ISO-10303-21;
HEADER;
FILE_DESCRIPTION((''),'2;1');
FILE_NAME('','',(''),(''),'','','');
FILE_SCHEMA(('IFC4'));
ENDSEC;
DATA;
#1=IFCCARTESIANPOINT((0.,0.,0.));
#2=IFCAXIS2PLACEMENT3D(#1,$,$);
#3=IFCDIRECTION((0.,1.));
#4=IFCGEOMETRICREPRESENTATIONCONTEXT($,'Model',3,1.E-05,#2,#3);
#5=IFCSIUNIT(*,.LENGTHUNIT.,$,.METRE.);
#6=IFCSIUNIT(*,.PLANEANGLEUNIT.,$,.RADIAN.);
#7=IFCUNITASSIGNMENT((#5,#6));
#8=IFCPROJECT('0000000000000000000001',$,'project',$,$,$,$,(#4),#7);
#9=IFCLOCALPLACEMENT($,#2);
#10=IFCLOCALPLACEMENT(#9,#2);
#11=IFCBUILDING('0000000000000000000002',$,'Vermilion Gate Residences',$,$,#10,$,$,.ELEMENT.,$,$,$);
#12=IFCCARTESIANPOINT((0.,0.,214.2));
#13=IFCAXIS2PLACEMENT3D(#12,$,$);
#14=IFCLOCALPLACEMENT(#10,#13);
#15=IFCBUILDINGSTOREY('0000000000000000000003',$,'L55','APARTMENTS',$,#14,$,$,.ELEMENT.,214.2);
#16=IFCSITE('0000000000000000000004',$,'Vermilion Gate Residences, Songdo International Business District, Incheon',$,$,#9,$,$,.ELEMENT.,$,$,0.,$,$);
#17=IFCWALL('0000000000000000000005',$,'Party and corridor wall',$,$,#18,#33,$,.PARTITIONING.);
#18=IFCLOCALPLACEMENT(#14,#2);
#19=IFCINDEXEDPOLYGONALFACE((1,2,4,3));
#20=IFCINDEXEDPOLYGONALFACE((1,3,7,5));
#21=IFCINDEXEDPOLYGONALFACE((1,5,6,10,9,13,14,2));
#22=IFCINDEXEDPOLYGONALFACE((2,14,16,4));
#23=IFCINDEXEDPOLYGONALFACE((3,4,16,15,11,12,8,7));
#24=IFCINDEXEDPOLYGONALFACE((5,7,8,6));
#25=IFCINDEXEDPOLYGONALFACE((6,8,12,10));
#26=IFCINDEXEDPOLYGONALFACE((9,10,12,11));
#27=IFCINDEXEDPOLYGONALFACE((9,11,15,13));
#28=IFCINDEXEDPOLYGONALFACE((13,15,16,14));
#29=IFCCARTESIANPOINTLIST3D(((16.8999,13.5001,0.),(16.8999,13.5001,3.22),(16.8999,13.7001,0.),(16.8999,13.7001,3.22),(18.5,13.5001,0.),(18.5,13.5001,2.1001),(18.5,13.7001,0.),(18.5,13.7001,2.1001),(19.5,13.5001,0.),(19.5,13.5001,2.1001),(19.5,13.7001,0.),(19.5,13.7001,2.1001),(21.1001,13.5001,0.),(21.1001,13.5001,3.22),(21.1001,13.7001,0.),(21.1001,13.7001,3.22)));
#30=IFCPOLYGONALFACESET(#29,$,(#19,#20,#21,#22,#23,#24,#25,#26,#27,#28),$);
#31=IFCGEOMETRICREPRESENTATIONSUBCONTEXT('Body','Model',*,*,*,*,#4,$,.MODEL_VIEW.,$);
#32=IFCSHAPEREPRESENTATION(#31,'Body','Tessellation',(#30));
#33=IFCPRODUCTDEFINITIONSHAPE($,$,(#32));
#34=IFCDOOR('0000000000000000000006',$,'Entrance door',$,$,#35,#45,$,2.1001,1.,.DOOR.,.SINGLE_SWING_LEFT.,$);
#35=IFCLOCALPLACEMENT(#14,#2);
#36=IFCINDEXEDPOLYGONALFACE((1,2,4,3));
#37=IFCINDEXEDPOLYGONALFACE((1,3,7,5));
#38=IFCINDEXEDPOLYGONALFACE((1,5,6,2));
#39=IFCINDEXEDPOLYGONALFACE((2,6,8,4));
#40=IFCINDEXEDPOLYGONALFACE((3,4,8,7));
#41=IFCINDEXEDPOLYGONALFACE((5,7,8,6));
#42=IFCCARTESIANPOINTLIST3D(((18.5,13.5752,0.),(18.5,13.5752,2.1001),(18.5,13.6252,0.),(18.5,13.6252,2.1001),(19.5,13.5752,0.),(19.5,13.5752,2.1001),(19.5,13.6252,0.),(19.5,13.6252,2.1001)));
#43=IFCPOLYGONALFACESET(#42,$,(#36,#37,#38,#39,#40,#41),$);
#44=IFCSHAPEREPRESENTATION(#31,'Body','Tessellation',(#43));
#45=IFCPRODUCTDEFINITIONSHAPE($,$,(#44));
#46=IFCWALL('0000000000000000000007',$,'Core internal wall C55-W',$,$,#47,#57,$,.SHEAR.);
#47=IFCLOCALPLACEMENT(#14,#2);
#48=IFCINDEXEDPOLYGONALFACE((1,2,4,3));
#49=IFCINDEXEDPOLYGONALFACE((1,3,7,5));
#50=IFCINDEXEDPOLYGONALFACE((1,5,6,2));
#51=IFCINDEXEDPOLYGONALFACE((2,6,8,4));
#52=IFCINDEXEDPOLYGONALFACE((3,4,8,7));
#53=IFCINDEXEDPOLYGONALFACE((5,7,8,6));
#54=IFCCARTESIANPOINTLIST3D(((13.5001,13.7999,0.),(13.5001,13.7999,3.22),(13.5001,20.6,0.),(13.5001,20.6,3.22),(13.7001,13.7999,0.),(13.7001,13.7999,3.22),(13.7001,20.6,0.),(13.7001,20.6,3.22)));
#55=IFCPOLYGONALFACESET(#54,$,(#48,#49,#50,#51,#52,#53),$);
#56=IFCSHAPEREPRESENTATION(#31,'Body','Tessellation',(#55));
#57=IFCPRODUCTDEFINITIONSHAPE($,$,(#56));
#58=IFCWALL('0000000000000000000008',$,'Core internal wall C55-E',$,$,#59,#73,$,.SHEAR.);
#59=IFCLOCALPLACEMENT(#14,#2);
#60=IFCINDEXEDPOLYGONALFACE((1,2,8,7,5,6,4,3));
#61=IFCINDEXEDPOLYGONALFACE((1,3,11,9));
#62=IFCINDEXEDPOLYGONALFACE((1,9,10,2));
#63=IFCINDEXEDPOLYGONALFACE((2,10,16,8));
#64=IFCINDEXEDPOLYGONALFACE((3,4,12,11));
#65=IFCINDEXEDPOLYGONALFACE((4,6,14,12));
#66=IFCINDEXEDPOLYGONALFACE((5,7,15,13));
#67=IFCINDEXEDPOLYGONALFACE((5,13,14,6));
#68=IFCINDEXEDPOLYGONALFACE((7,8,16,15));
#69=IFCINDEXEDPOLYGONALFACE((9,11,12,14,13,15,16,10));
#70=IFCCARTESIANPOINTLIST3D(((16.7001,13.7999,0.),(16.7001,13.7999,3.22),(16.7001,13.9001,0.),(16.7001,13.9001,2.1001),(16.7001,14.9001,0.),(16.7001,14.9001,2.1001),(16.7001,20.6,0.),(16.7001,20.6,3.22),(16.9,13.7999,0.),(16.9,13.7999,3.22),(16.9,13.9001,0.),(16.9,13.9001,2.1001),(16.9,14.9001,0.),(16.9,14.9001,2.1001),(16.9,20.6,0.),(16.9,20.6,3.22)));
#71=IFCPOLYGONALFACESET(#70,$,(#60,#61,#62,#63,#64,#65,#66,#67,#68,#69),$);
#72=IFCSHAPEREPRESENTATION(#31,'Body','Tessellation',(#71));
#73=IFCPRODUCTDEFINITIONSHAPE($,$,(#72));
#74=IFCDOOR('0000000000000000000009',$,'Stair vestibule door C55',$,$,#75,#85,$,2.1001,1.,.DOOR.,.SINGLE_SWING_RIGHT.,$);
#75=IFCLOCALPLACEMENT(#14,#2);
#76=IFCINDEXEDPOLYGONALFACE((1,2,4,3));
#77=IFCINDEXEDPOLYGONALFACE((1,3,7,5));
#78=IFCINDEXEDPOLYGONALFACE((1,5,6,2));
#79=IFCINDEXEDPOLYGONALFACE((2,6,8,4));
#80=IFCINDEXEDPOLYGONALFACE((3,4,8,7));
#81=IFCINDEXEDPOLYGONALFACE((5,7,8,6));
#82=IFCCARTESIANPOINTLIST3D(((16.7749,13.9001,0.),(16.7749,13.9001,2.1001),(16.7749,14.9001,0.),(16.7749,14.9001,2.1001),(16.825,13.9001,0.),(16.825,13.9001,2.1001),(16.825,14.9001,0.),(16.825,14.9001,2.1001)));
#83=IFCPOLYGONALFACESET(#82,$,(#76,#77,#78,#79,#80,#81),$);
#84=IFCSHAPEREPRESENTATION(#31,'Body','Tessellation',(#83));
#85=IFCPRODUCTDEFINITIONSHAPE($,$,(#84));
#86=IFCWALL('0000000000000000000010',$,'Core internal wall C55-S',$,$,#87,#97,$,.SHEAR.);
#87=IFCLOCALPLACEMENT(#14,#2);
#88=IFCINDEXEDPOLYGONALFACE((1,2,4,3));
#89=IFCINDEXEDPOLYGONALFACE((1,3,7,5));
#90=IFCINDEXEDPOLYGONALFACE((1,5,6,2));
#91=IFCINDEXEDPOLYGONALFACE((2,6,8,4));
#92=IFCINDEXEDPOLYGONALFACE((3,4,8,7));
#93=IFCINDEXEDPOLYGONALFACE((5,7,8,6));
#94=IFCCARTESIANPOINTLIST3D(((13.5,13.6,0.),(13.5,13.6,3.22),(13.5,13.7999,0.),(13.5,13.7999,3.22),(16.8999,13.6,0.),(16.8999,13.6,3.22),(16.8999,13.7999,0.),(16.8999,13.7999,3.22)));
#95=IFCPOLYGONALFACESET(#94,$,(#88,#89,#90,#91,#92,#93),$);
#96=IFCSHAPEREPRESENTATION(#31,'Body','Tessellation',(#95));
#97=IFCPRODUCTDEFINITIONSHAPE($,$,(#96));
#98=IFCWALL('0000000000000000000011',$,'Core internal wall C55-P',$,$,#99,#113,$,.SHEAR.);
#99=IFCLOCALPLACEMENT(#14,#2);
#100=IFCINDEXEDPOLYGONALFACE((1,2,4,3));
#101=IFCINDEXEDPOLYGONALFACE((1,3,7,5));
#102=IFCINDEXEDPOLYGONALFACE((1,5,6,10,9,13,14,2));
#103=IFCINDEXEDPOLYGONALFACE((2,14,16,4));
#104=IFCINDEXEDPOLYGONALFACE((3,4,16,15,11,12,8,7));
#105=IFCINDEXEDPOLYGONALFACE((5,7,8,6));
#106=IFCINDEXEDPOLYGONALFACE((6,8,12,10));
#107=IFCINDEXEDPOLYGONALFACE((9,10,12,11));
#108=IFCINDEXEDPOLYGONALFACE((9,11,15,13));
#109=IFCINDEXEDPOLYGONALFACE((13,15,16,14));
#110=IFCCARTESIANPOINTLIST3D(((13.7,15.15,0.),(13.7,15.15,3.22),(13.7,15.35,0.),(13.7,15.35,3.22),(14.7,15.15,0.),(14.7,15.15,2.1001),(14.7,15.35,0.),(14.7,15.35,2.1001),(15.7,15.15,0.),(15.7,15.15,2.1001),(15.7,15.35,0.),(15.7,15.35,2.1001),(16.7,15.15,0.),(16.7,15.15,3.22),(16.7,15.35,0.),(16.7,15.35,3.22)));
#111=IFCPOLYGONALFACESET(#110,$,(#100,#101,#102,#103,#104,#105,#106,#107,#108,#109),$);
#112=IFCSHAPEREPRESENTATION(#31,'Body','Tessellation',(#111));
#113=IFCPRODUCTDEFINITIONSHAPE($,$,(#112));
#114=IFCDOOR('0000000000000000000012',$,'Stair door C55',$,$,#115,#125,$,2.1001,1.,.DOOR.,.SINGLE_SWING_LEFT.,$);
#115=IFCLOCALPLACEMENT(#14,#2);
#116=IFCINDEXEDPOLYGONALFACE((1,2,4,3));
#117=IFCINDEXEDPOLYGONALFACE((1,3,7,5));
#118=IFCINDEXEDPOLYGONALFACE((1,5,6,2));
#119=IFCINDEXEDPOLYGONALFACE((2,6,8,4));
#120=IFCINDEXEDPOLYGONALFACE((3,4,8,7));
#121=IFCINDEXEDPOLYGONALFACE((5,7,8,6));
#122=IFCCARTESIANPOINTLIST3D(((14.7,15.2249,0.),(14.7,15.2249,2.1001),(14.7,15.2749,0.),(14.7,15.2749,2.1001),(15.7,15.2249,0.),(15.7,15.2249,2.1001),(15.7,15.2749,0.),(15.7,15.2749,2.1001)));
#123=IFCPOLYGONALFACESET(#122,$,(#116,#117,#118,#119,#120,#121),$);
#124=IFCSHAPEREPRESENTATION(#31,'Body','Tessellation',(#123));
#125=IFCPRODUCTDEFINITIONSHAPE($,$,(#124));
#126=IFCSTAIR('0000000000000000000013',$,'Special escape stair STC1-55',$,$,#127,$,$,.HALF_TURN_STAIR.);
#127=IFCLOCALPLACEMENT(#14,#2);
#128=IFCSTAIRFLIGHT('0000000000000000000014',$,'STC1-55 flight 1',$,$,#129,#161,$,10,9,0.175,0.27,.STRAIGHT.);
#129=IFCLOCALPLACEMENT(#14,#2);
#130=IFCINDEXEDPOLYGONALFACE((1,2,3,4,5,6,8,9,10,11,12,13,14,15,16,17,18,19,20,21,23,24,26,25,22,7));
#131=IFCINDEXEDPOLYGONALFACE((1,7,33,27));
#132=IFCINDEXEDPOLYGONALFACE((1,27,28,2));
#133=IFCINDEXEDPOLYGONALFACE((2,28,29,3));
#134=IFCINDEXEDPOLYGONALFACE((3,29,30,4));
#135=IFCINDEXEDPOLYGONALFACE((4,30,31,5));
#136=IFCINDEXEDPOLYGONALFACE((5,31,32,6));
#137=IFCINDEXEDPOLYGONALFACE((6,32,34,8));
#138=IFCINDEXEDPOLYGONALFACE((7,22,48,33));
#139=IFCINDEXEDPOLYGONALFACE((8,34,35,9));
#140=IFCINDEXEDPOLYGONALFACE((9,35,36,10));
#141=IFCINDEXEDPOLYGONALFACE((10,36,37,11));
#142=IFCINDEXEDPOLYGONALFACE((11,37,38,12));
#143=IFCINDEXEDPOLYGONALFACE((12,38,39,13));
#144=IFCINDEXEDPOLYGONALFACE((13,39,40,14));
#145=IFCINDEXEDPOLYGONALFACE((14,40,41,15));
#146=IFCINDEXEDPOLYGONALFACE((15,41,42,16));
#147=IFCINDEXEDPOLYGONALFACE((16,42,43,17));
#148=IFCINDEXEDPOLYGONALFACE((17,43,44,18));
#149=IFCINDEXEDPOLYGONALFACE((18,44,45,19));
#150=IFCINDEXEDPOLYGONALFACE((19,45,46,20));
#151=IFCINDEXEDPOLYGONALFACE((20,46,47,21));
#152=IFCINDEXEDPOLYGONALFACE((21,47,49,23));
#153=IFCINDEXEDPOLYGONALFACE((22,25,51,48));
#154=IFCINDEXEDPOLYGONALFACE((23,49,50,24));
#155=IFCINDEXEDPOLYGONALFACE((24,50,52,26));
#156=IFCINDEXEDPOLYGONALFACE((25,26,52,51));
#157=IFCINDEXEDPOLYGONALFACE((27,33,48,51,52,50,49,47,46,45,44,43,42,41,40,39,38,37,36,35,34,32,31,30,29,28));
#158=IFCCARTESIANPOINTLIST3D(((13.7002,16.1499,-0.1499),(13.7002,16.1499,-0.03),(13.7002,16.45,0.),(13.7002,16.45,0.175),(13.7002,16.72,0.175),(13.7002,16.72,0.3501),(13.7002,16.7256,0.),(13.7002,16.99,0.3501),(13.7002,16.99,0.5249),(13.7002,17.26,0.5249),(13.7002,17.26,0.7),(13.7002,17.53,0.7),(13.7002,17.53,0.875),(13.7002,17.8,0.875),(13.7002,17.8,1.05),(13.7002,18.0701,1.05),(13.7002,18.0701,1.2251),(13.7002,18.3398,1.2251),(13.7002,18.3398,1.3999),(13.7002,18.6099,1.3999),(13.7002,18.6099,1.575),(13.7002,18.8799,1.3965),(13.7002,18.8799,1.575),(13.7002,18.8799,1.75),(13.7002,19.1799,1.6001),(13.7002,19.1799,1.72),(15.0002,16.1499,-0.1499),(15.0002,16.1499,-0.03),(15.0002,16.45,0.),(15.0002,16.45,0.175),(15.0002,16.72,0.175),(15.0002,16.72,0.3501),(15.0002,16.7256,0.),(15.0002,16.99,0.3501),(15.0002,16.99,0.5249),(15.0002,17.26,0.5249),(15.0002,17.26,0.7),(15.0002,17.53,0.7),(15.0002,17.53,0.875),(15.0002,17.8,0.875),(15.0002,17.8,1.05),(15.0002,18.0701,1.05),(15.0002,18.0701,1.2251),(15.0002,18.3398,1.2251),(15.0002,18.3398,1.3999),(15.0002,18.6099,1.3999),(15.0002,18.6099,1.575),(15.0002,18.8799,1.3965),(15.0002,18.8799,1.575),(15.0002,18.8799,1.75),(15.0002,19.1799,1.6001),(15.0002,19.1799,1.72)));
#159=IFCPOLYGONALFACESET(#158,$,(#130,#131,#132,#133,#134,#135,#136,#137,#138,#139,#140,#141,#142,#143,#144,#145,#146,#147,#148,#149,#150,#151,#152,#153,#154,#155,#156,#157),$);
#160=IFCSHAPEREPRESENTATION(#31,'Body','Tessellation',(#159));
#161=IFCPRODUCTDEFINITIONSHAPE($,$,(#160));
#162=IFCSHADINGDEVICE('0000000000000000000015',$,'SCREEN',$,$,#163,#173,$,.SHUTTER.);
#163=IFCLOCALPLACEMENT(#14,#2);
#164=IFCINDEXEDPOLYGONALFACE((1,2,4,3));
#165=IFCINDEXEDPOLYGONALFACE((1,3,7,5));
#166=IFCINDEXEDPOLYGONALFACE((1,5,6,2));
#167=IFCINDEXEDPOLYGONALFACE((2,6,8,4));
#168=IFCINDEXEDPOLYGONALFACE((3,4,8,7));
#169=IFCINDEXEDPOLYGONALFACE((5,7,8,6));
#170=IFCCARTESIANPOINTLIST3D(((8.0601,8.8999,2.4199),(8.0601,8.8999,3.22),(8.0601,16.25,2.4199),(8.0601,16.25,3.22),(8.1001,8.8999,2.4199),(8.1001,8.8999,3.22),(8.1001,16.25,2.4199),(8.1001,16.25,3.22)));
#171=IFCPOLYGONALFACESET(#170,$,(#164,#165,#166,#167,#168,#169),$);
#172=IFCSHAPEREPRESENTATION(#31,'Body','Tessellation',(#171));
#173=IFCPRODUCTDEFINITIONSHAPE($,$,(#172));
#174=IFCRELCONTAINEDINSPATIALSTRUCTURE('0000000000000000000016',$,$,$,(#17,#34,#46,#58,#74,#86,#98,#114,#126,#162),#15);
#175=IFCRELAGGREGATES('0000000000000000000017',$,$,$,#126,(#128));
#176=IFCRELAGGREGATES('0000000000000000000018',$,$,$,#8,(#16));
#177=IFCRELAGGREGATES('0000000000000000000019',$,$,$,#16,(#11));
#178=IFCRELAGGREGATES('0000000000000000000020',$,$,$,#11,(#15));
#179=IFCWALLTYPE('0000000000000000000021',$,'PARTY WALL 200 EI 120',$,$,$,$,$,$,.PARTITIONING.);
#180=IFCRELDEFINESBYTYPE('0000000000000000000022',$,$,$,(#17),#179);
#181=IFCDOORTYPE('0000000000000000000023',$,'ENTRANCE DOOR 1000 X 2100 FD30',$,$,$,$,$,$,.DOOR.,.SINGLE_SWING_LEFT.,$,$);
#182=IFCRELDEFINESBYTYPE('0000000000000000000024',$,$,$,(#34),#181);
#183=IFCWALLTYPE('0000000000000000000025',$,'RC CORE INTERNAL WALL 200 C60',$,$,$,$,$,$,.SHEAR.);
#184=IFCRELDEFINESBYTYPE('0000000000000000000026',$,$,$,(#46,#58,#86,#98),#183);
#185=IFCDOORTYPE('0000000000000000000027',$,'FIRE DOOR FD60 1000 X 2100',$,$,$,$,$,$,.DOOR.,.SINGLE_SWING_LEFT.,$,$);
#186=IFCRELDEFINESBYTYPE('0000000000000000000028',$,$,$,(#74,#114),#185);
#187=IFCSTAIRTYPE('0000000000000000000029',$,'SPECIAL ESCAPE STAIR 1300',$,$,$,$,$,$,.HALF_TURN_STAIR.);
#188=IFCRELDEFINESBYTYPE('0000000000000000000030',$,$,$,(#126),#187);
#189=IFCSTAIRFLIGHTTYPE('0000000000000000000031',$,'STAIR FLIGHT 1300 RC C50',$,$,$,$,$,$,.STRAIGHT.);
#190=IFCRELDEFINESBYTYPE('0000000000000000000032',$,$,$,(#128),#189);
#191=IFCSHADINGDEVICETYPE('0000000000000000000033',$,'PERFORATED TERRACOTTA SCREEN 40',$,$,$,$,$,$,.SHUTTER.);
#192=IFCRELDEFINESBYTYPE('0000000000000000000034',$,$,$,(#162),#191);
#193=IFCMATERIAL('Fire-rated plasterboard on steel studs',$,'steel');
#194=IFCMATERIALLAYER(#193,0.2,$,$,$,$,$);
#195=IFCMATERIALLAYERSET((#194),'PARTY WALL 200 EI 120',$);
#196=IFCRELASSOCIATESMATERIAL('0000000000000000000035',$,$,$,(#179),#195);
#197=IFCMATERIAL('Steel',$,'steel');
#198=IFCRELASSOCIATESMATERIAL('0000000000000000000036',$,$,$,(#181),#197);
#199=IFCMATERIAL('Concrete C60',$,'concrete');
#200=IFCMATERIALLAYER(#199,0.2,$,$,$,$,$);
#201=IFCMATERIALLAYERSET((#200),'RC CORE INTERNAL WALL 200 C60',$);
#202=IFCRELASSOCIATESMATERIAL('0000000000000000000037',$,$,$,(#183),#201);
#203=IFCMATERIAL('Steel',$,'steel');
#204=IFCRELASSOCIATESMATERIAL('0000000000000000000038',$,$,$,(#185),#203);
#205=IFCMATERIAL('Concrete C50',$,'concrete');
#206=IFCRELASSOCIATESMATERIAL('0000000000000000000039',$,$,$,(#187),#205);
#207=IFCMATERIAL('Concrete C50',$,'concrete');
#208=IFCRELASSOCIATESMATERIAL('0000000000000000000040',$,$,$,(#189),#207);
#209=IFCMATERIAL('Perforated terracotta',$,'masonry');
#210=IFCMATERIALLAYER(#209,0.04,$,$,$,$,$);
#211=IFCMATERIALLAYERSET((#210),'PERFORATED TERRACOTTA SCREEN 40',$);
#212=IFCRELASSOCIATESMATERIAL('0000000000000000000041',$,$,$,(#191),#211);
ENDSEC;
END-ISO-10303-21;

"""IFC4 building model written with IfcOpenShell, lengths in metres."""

from ifc_helpers import new_model, si_unit, direction, frame, frame_2d, origin, origin_2d, place, context, subcontext, project, spatial, polyline, rectangle, outline, extrude, material, layer, layer_set, type_object, element, fill, aggregate, save


model = new_model("IFC4")

# Units and contexts
model_context = context("Model", 3, precision=1e-05, world=origin(), true_north=direction((0.0, 1.0)))
body_context = subcontext(model_context, "Body", "Model", "MODEL_VIEW")
ifc_project = project(units=[si_unit("LENGTHUNIT", "METRE"), si_unit("PLANEANGLEUNIT", "RADIAN")], contexts=[model_context])

# Site, building, storey
site_placement = place(None, origin())
site = spatial("IfcSite", under=ifc_project, at=site_placement, Name="Vermilion Gate Residences, Songdo International Business District, Incheon", CompositionType="ELEMENT", RefElevation=0.0)
building_placement = place(site_placement, origin())
building = spatial("IfcBuilding", under=site, at=building_placement, Name="Vermilion Gate Residences", CompositionType="ELEMENT")
storey_placement = place(building_placement, frame((0.0, 0.0, 214.2)))
storey = spatial("IfcBuildingStorey", under=building, at=storey_placement, Name="L55", Description="APARTMENTS", CompositionType="ELEMENT", Elevation=214.2)

# Wall, opening, door
ifc_material_1 = material(Name="Fire-rated plasterboard on steel studs", Category="steel")
ifc_layer_1 = layer(ifc_material_1, 0.2)
ifc_layer_set_1 = layer_set([ifc_layer_1], Name="PARTY WALL 200 EI 120")
wall_type_1 = type_object("IfcWallType", Name="PARTY WALL 200 EI 120", PredefinedType="PARTITIONING", material=ifc_layer_set_1)
wall_1_placement = place(storey_placement, frame((16.8999, 13.6001, 0.0), z_axis=(0.0, 0.0, 1.0), x_axis=(1.0, 0.0, 0.0)))
wall_1 = element("IfcWall", 1, at=wall_1_placement, inside=storey, type_object=wall_type_1, Name="Party and corridor wall", PredefinedType="PARTITIONING", context=body_context, shape_type="SweptSolid", body=[
    extrude(rectangle(XDim=4.2002, YDim=0.2, at=frame_2d((2.1001, 0.0))), origin(), (0.0, 0.0, 1.0), 3.22),
])
opening_1_placement = place(wall_1_placement, frame((1.6001, 0.0, 0.0)))
opening_1 = element("IfcOpeningElement", 2, at=opening_1_placement, cuts=wall_1, PredefinedType="OPENING", context=body_context, shape_type="SweptSolid", body=[
    extrude(rectangle(XDim=1.0, YDim=2.1001, at=frame_2d((0.5, 1.05))), frame((0.0, 0.1099, 0.0), z_axis=(0.0, -1.0, 0.0), x_axis=(1.0, 0.0, 0.0)), (0.0, 0.0, 1.0), 0.22),
])
ifc_material_2 = material(Name="Steel", Category="steel")
door_type_1 = type_object("IfcDoorType", Name="ENTRANCE DOOR 1000 X 2100 FD30", OperationType="SINGLE_SWING_LEFT", PredefinedType="DOOR", material=ifc_material_2)
door_1_placement = place(opening_1_placement, frame((1.0, 0.0, 0.0), z_axis=(0.0, 0.0, 1.0), x_axis=(-1.0, 0.0, 0.0)))
door_1 = element("IfcDoor", 3, at=door_1_placement, inside=storey, type_object=door_type_1, Name="Entrance door", OperationType="SINGLE_SWING_LEFT", OverallHeight=2.1001, OverallWidth=1.0, PredefinedType="DOOR", context=body_context, shape_type="SweptSolid", body=[
    extrude(rectangle(XDim=1.0, YDim=2.1001, at=frame_2d((0.5, 1.05))), frame((0.0, 0.0249, 0.0), z_axis=(0.0, -1.0, 0.0), x_axis=(1.0, 0.0, 0.0)), (0.0, 0.0, 1.0), 0.05),
])
fill(opening_1, door_1)

# Wall
ifc_material_3 = material(Name="Concrete C60", Category="concrete")
ifc_layer_2 = layer(ifc_material_3, 0.2)
ifc_layer_set_2 = layer_set([ifc_layer_2], Name="RC CORE INTERNAL WALL 200 C60")
wall_type_2 = type_object("IfcWallType", Name="RC CORE INTERNAL WALL 200 C60", PredefinedType="SHEAR", material=ifc_layer_set_2)
wall_2_placement = place(storey_placement, frame((13.6001, 13.8, 0.0), z_axis=(0.0, 0.0, 1.0), x_axis=(0.0, 1.0, 0.0)))
element("IfcWall", 4, at=wall_2_placement, inside=storey, type_object=wall_type_2, Name="Core internal wall C55-W", PredefinedType="SHEAR", context=body_context, shape_type="SweptSolid", body=[
    extrude(rectangle(XDim=6.8, YDim=0.2, at=frame_2d((3.3999, 0.0))), origin(), (0.0, 0.0, 1.0), 3.22),
])

# Wall, opening, door
wall_3_placement = place(storey_placement, frame((16.8, 13.8, 0.0), z_axis=(0.0, 0.0, 1.0), x_axis=(0.0, 1.0, 0.0)))
wall_3 = element("IfcWall", 5, at=wall_3_placement, inside=storey, type_object=wall_type_2, Name="Core internal wall C55-E", PredefinedType="SHEAR", context=body_context, shape_type="SweptSolid", body=[
    extrude(rectangle(XDim=6.8, YDim=0.2, at=frame_2d((3.3999, 0.0))), origin(), (0.0, 0.0, 1.0), 3.22),
])
opening_2_placement = place(wall_3_placement, frame((0.1001, 0.0, 0.0)))
opening_2 = element("IfcOpeningElement", 6, at=opening_2_placement, cuts=wall_3, PredefinedType="OPENING", context=body_context, shape_type="SweptSolid", body=[
    extrude(rectangle(XDim=1.0, YDim=2.1001, at=frame_2d((0.5, 1.05))), frame((0.0, 0.1099, 0.0), z_axis=(0.0, -1.0, 0.0), x_axis=(1.0, 0.0, 0.0)), (0.0, 0.0, 1.0), 0.22),
])
ifc_material_4 = material(Name="Steel", Category="steel")
door_type_2 = type_object("IfcDoorType", Name="FIRE DOOR FD60 1000 X 2100", OperationType="SINGLE_SWING_LEFT", PredefinedType="DOOR", material=ifc_material_4)
door_2_placement = place(opening_2_placement, frame((1.0, 0.0, 0.0), z_axis=(0.0, 0.0, 1.0), x_axis=(-1.0, 0.0, 0.0)))
door_2 = element("IfcDoor", 7, at=door_2_placement, inside=storey, type_object=door_type_2, Name="Stair vestibule door C55", OperationType="SINGLE_SWING_RIGHT", OverallHeight=2.1001, OverallWidth=1.0, PredefinedType="DOOR", context=body_context, shape_type="SweptSolid", body=[
    extrude(rectangle(XDim=1.0, YDim=2.1001, at=frame_2d((0.5, 1.05))), frame((0.0, 0.0249, 0.0), z_axis=(0.0, -1.0, 0.0), x_axis=(1.0, 0.0, 0.0)), (0.0, 0.0, 1.0), 0.05),
])
fill(opening_2, door_2)

# Wall
wall_4_placement = place(storey_placement, frame((13.5, 13.7, 0.0), z_axis=(0.0, 0.0, 1.0), x_axis=(1.0, 0.0, 0.0)))
element("IfcWall", 8, at=wall_4_placement, inside=storey, type_object=wall_type_2, Name="Core internal wall C55-S", PredefinedType="SHEAR", context=body_context, shape_type="SweptSolid", body=[
    extrude(rectangle(XDim=3.3999, YDim=0.2, at=frame_2d((1.7, 0.0))), origin(), (0.0, 0.0, 1.0), 3.22),
])

# Wall, opening, door
wall_5_placement = place(storey_placement, frame((13.7, 15.25, 0.0), z_axis=(0.0, 0.0, 1.0), x_axis=(1.0, 0.0, 0.0)))
wall_5 = element("IfcWall", 9, at=wall_5_placement, inside=storey, type_object=wall_type_2, Name="Core internal wall C55-P", PredefinedType="SHEAR", context=body_context, shape_type="SweptSolid", body=[
    extrude(rectangle(XDim=3.0, YDim=0.2, at=frame_2d((1.5, 0.0))), origin(), (0.0, 0.0, 1.0), 3.22),
])
opening_3_placement = place(wall_5_placement, frame((1.0, 0.0, 0.0)))
opening_3 = element("IfcOpeningElement", 10, at=opening_3_placement, cuts=wall_5, PredefinedType="OPENING", context=body_context, shape_type="SweptSolid", body=[
    extrude(rectangle(XDim=1.0, YDim=2.1001, at=frame_2d((0.5, 1.05))), frame((0.0, 0.1099, 0.0), z_axis=(0.0, -1.0, 0.0), x_axis=(1.0, 0.0, 0.0)), (0.0, 0.0, 1.0), 0.22),
])
door_3_placement = place(opening_3_placement, origin())
door_3 = element("IfcDoor", 11, at=door_3_placement, inside=storey, type_object=door_type_2, Name="Stair door C55", OperationType="SINGLE_SWING_LEFT", OverallHeight=2.1001, OverallWidth=1.0, PredefinedType="DOOR", context=body_context, shape_type="SweptSolid", body=[
    extrude(rectangle(XDim=1.0, YDim=2.1001, at=frame_2d((0.5, 1.05))), frame((0.0, 0.0249, 0.0), z_axis=(0.0, -1.0, 0.0), x_axis=(1.0, 0.0, 0.0)), (0.0, 0.0, 1.0), 0.05),
])
fill(opening_3, door_3)

# Stair, stair flight
ifc_material_5 = material(Name="Concrete C50", Category="concrete")
stair_type = type_object("IfcStairType", Name="SPECIAL ESCAPE STAIR 1300", PredefinedType="HALF_TURN_STAIR", material=ifc_material_5)
stair_placement = place(storey_placement, origin())
stair = element("IfcStair", 12, at=stair_placement, inside=storey, type_object=stair_type, Name="Special escape stair STC1-55", PredefinedType="HALF_TURN_STAIR")
ifc_material_6 = material(Name="Concrete C50", Category="concrete")
stair_flight_type = type_object("IfcStairFlightType", Name="STAIR FLIGHT 1300 RC C50", PredefinedType="STRAIGHT", material=ifc_material_6)
stair_flight_placement = place(storey_placement, frame((14.3501, 16.45, 0.0), z_axis=(0.0, 0.0, 1.0), x_axis=(0.0, 1.0, 0.0)))
stair_flight = element("IfcStairFlight", 13, at=stair_flight_placement, type_object=stair_flight_type, Name="STC1-55 flight 1", NumberOfRisers=10, NumberOfTreads=9, PredefinedType="STRAIGHT", RiserHeight=0.175, TreadLength=0.27, context=body_context, shape_type="SweptSolid", body=[
    extrude(outline(polyline([(-0.3, -0.1499), (-0.3, -0.03), (0.0, 0.0), (0.0, 0.175), (0.27, 0.175), (0.27, 0.3501), (0.54, 0.3501), (0.54, 0.5249), (0.8101, 0.5249), (0.8101, 0.7), (1.0801, 0.7), (1.0801, 0.875), (1.3501, 0.875), (1.3501, 1.05), (1.6201, 1.05), (1.6201, 1.2251), (1.8899, 1.2251), (1.8899, 1.3999), (2.1599, 1.3999), (2.1599, 1.575), (2.4299, 1.575), (2.4299, 1.75), (2.73, 1.72), (2.73, 1.6001), (2.4299, 1.3965), (0.2756, 0.0), (-0.3, -0.1499)])), frame((0.0, 0.6499, 0.0), z_axis=(0.0, -1.0, 0.0), x_axis=(1.0, 0.0, 0.0)), (0.0, 0.0, 1.0), 1.3),
])
aggregate(stair, [stair_flight])

# Shading device
ifc_material_7 = material(Name="Perforated terracotta", Category="masonry")
ifc_layer_3 = layer(ifc_material_7, 0.04)
ifc_layer_set_3 = layer_set([ifc_layer_3], Name="PERFORATED TERRACOTTA SCREEN 40")
shading_device_type_1 = type_object("IfcShadingDeviceType", Name="PERFORATED TERRACOTTA SCREEN 40", PredefinedType="SHUTTER", material=ifc_layer_set_3)
shading_device_1_placement = place(storey_placement, frame((8.0801, 12.575, 2.4199), z_axis=(0.0, 0.0, 1.0), x_axis=(0.0, -1.0, 0.0)))
element("IfcShadingDevice", 14, at=shading_device_1_placement, inside=storey, type_object=shading_device_type_1, Name="SCREEN", PredefinedType="SHUTTER", context=body_context, shape_type="SweptSolid", body=[
    extrude(rectangle(XDim=7.3501, YDim=0.04, at=origin_2d()), origin(), (0.0, 0.0, 1.0), 0.8),
])

save(model, "model.ifc")
